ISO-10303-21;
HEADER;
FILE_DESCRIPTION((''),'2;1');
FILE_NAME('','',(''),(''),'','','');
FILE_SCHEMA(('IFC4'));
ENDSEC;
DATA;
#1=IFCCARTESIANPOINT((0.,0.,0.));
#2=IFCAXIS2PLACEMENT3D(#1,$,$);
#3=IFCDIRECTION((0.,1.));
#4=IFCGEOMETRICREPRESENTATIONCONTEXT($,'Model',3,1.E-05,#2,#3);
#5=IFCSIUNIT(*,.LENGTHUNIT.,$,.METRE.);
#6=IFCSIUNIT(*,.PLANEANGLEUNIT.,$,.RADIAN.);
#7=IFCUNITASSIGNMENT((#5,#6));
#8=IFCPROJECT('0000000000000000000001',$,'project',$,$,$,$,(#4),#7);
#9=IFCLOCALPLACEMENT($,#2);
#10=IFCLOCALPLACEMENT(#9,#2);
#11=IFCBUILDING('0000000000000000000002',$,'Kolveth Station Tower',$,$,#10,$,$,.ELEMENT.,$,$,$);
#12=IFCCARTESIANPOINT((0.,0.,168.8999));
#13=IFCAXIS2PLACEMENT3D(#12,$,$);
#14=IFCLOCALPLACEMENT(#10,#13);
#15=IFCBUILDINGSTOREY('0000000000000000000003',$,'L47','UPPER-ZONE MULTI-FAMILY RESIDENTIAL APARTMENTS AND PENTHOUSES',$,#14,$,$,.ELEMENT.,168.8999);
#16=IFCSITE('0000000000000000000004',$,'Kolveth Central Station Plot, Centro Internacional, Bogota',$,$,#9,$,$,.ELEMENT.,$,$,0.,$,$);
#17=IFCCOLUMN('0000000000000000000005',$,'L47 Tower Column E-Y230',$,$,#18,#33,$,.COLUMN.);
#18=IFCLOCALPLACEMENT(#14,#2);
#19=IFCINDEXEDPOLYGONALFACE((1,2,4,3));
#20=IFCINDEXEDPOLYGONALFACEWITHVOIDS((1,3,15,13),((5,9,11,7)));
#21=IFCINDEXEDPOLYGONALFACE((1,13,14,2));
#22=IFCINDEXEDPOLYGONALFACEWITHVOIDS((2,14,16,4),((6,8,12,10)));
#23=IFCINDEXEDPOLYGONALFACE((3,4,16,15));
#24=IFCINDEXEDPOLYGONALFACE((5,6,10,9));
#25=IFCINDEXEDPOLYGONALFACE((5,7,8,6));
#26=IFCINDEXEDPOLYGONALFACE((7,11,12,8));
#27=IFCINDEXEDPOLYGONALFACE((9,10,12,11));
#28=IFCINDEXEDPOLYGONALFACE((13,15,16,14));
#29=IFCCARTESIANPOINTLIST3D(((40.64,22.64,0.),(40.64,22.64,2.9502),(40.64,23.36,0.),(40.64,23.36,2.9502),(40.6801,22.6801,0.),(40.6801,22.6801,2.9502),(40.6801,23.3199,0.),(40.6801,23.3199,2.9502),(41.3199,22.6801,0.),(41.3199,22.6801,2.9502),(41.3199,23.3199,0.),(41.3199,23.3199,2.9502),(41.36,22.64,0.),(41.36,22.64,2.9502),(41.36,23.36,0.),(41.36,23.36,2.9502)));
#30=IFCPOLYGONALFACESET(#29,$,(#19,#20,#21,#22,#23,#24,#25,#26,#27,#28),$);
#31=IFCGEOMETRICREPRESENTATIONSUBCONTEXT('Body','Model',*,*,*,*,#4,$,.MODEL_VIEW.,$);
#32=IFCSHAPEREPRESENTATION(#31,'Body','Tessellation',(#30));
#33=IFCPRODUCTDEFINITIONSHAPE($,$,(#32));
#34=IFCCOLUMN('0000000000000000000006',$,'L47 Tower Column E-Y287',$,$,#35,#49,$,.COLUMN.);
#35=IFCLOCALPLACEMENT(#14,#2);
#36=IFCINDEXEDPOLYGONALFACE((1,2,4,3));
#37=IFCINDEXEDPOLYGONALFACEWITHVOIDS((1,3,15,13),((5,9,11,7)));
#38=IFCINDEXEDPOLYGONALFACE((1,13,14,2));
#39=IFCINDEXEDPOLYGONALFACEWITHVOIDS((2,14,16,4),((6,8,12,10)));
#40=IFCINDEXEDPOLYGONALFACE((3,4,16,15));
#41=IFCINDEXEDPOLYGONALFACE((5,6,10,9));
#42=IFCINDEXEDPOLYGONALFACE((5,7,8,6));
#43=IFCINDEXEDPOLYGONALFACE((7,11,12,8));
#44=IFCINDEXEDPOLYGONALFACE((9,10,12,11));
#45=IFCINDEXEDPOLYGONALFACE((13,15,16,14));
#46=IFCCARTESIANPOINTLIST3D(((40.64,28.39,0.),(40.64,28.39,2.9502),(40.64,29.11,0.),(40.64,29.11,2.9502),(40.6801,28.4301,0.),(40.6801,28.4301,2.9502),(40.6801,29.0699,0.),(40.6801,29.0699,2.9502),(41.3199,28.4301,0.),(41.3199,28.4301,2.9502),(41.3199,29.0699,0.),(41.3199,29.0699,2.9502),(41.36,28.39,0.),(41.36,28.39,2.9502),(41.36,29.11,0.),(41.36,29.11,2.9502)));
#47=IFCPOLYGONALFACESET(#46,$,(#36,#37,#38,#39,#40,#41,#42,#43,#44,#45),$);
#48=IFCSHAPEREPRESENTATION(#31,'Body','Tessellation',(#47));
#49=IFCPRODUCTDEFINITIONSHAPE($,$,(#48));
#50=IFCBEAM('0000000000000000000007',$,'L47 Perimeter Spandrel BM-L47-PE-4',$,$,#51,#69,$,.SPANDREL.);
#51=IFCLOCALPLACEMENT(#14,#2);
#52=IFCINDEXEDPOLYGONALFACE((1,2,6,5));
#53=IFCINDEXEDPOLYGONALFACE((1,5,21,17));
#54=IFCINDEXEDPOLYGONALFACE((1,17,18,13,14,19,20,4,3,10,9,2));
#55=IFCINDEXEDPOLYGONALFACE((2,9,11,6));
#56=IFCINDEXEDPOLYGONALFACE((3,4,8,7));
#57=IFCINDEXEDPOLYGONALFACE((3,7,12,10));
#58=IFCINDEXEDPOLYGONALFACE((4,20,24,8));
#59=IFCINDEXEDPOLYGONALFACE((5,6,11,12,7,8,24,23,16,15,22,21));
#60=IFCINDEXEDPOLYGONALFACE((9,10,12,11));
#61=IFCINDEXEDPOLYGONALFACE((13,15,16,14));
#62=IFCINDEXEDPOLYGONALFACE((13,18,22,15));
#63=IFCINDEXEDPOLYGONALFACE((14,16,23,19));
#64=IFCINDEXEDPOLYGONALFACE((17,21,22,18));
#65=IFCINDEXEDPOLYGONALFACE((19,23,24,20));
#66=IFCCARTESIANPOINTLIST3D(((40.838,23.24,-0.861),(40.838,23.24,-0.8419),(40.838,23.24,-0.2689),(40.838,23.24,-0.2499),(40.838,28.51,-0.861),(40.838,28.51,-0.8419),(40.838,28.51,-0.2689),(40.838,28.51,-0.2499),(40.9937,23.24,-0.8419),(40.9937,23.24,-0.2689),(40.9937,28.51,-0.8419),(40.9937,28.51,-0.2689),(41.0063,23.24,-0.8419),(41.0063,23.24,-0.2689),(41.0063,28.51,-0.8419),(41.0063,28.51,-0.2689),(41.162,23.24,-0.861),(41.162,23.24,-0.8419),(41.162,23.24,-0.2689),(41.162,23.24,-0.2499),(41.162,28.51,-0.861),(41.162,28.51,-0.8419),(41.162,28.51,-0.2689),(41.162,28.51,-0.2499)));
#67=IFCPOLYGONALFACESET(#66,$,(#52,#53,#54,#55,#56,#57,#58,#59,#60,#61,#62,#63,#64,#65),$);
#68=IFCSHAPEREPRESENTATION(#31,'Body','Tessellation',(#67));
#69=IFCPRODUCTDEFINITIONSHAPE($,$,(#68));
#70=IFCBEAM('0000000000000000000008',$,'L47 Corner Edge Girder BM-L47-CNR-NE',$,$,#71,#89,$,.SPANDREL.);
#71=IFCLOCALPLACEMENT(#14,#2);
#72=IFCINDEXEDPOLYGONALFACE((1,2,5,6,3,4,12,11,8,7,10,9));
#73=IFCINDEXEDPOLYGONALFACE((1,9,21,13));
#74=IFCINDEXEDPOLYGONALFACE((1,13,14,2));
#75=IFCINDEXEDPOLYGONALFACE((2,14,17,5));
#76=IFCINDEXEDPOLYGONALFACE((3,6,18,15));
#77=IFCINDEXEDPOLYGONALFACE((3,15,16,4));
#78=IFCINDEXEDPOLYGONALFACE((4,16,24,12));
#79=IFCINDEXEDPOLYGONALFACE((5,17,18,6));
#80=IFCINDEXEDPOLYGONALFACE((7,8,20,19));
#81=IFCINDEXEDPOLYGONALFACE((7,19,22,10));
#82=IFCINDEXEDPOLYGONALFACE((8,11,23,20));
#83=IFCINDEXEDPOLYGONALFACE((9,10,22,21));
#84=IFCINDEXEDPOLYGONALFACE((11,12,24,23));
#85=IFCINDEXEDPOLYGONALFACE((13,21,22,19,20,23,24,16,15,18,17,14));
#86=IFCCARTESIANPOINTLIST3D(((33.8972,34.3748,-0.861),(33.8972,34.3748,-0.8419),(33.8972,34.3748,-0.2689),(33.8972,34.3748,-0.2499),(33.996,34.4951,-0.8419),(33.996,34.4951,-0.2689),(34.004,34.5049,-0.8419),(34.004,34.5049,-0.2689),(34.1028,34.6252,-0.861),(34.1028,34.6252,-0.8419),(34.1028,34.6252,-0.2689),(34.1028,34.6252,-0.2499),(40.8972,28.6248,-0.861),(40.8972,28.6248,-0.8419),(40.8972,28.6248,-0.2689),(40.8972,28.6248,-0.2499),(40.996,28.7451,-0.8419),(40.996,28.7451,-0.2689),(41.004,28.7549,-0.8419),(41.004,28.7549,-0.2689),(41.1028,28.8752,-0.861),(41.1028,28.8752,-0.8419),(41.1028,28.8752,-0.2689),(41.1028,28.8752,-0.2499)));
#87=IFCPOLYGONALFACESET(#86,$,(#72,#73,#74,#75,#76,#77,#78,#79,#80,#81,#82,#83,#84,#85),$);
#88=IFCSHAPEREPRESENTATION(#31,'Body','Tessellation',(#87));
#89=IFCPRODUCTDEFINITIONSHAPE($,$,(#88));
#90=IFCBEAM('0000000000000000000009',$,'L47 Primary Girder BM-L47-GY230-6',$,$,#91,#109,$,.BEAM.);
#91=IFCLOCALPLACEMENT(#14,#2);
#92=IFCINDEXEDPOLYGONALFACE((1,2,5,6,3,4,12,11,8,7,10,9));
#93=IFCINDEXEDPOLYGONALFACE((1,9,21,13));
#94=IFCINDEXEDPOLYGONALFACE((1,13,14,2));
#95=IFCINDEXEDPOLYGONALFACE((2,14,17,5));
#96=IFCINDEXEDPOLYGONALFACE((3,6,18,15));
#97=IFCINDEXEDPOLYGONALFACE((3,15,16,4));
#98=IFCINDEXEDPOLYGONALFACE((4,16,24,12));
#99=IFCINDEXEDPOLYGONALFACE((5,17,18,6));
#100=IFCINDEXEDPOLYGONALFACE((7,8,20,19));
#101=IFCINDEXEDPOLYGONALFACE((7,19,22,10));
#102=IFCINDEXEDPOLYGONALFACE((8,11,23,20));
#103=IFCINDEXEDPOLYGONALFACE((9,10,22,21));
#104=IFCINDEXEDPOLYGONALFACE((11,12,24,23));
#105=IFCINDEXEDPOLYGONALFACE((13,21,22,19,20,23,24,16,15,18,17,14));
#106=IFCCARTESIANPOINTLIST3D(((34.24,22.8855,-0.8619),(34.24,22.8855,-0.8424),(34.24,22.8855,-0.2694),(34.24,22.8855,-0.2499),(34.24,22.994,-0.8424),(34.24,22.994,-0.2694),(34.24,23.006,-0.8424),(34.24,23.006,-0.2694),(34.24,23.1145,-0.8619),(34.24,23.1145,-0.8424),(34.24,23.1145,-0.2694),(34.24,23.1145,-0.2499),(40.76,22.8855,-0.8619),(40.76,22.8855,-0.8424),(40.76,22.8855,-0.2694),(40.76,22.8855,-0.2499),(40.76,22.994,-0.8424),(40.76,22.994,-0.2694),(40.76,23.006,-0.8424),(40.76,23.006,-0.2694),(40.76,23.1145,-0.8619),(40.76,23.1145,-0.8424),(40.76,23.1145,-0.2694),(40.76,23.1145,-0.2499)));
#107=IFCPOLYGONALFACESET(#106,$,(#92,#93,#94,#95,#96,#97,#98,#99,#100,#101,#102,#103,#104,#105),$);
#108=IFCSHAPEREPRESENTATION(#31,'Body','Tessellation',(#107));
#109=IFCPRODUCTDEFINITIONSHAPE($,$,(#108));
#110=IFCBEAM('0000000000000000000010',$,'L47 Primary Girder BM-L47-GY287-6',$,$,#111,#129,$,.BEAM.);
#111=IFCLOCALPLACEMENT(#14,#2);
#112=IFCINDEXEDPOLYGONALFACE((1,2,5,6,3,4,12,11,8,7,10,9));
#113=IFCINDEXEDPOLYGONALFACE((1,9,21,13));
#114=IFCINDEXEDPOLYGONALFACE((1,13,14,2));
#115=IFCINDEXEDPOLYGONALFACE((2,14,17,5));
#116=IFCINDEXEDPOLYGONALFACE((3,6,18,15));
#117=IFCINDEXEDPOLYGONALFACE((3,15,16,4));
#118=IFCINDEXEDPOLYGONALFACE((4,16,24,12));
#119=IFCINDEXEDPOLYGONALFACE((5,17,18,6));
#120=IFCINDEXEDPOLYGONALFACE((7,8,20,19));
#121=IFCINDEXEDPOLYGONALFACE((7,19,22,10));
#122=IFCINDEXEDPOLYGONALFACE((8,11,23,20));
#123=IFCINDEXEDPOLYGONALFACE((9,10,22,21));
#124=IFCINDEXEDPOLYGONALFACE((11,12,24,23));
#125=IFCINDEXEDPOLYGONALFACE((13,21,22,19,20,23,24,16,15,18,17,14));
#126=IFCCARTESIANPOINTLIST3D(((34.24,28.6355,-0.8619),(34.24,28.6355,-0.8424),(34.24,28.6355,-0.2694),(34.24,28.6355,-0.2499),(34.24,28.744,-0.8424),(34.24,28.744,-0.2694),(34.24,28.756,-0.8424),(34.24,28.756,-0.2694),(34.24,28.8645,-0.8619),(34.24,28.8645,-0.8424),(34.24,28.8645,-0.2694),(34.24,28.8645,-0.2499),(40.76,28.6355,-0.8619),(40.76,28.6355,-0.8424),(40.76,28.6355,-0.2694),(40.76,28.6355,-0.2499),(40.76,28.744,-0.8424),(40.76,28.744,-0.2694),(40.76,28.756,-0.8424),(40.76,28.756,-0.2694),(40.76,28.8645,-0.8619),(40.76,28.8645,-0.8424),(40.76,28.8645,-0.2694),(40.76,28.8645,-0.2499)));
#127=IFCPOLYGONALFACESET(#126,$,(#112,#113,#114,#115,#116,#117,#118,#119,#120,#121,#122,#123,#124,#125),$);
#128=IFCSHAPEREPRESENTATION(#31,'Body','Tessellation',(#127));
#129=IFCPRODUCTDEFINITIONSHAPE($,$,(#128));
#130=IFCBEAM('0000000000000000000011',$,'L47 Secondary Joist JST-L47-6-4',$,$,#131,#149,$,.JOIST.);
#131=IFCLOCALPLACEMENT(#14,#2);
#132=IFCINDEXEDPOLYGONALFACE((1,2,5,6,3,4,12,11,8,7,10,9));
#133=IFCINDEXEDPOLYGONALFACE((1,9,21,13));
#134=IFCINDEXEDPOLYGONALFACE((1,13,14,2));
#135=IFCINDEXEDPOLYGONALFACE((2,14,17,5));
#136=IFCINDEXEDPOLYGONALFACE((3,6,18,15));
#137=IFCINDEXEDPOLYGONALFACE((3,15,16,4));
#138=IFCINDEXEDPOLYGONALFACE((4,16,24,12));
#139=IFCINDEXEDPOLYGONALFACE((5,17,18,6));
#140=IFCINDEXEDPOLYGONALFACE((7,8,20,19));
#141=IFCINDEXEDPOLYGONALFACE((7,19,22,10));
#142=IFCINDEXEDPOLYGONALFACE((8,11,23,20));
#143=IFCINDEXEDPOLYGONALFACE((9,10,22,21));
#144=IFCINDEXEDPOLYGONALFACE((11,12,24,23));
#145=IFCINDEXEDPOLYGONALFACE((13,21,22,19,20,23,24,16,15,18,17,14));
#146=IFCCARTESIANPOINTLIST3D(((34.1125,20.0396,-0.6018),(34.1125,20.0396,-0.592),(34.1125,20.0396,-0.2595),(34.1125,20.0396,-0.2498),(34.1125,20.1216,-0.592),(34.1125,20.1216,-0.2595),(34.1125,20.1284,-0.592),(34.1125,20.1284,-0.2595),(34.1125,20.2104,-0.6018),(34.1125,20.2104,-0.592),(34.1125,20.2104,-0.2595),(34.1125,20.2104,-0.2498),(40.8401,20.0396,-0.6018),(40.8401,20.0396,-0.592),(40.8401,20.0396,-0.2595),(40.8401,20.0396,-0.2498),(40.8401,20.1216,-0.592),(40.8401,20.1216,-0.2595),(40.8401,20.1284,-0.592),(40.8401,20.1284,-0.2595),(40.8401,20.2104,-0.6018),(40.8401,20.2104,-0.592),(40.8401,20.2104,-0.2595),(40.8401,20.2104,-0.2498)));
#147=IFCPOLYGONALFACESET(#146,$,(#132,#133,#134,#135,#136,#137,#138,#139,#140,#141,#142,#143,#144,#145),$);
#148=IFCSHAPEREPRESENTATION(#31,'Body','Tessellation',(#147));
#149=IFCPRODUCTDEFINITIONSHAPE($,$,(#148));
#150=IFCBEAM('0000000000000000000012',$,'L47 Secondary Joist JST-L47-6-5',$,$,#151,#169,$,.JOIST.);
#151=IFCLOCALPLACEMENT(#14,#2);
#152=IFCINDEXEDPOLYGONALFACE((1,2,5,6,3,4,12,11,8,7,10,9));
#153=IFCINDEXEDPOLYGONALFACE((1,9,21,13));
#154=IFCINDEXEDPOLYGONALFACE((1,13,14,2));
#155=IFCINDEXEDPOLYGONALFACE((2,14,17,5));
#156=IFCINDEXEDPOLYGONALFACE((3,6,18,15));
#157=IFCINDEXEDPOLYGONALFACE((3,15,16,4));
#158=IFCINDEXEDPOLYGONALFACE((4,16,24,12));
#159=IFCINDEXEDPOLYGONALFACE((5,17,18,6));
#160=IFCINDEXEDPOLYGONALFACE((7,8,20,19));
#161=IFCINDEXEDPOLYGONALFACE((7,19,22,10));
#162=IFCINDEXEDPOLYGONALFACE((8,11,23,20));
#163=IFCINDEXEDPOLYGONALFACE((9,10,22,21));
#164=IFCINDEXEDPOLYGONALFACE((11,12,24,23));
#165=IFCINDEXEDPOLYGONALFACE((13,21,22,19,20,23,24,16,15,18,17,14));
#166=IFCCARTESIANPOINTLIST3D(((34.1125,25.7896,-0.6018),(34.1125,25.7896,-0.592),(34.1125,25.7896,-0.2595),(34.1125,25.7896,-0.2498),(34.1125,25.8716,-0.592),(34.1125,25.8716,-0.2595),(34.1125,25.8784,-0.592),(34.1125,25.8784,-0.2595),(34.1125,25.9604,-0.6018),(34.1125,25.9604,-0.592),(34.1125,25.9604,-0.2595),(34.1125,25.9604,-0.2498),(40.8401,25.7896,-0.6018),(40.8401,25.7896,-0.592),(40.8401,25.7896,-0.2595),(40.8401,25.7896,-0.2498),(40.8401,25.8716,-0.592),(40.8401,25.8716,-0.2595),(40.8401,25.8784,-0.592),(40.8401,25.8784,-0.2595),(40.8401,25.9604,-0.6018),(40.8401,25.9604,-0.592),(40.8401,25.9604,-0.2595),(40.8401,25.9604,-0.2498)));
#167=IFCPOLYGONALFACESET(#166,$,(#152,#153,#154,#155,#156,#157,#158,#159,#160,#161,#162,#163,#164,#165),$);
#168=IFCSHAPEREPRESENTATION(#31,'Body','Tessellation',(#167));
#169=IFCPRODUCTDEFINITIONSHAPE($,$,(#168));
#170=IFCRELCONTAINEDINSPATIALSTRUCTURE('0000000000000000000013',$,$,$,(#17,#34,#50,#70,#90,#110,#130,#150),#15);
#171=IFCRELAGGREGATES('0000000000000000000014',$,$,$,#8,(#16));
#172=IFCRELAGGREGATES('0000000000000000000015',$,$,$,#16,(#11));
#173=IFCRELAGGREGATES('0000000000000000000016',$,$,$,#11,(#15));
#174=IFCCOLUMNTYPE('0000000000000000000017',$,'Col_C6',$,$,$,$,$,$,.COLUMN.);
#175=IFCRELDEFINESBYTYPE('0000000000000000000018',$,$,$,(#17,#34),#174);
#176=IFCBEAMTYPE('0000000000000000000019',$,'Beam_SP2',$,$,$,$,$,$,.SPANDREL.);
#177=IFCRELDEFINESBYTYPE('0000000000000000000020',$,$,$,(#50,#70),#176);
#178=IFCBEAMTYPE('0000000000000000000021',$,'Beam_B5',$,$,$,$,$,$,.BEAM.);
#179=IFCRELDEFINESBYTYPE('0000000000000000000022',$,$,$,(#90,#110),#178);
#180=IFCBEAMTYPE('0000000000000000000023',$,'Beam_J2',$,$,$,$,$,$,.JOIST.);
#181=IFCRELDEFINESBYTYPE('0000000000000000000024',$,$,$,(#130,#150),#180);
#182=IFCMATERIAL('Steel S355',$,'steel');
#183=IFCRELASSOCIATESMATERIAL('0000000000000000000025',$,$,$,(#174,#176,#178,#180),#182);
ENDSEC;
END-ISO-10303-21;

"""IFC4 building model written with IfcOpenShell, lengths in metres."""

from ifc_helpers import new_model, si_unit, direction, frame, origin, origin_2d, place, context, subcontext, project, spatial, hollow_rectangle, i_section, extrude, source, transform, mapped, material, material_profile, profile_set, type_object, element, save


model = new_model("IFC4")

# Units and contexts
model_context = context("Model", 3, precision=1e-05, world=origin(), true_north=direction((0.0, 1.0)))
body_context = subcontext(model_context, "Body", "Model", "MODEL_VIEW")
ifc_project = project(units=[si_unit("LENGTHUNIT", "METRE"), si_unit("PLANEANGLEUNIT", "RADIAN")], contexts=[model_context])

# Site, building, storey
site_placement = place(None, origin())
site = spatial("IfcSite", under=ifc_project, at=site_placement, Name="Kolveth Central Station Plot, Centro Internacional, Bogota", CompositionType="ELEMENT", RefElevation=0.0)
building_placement = place(site_placement, origin())
building = spatial("IfcBuilding", under=site, at=building_placement, Name="Kolveth Station Tower", CompositionType="ELEMENT")
storey_placement = place(building_placement, frame((0.0, 0.0, 168.8999)))
storey = spatial("IfcBuildingStorey", under=building, at=storey_placement, Name="L47", Description="UPPER-ZONE MULTI-FAMILY RESIDENTIAL APARTMENTS AND PENTHOUSES", CompositionType="ELEMENT", Elevation=168.8999)

# Columns
ifc_material_1 = material(Name="Steel S355", Category="steel")
ifc_material_profile_1 = material_profile(ifc_material_1, hollow_rectangle(XDim=0.72, YDim=0.72, WallThickness=0.04, at=origin_2d()), Name="BOX720x720x40")
ifc_profile_set_1 = profile_set([ifc_material_profile_1], Name="Steel S355")
column_type = type_object("IfcColumnType", Name="Col_C6", PredefinedType="COLUMN", material=ifc_profile_set_1)
shared_shape_1 = source(origin(), body_context, "Body", "SweptSolid", [
    extrude(hollow_rectangle(XDim=0.72, YDim=0.72, WallThickness=0.04, at=origin_2d()), origin(), (0.0, 0.0, 1.0), 2.9502),
])
for number, where, z_axis, x_axis, name in (
    (1, (41.0, 23.0, 0.0), (0.0, 0.0, 1.0), (1.0, 0.0, 0.0), "L47 Tower Column E-Y230"),
    (2, (41.0, 28.75, 0.0), (0.0, 0.0, 1.0), (1.0, 0.0, 0.0), "L47 Tower Column E-Y287"),
):
    element("IfcColumn", number, at=place(storey_placement, frame(where, z_axis=z_axis, x_axis=x_axis)), inside=storey, type_object=column_type, Name=name, PredefinedType="COLUMN", context=body_context, shape_type="MappedRepresentation", body=[
        mapped(shared_shape_1, transform((0.0, 0.0, 0.0), x_axis=(1.0, 0.0, 0.0), y_axis=(0.0, 1.0, 0.0), z_axis=(0.0, 0.0, 1.0), scale=1.0)),
    ])

# Beams
ifc_material_profile_2 = material_profile(ifc_material_1, i_section(OverallWidth=0.324, OverallDepth=0.6111, WebThickness=0.0127, FlangeThickness=0.019, at=origin_2d()), Name="W610x155")
ifc_profile_set_2 = profile_set([ifc_material_profile_2], Name="Steel S355")
beam_type_1 = type_object("IfcBeamType", Name="Beam_SP2", PredefinedType="SPANDREL", material=ifc_profile_set_2)
shared_shape_2 = source(origin(), body_context, "Body", "SweptSolid", [
    extrude(i_section(OverallWidth=0.324, OverallDepth=0.6111, WebThickness=0.0127, FlangeThickness=0.019, at=origin_2d()), origin(), (0.0, 0.0, 1.0), 5.27),
])
beam_1_placement = place(storey_placement, frame((41.0, 23.24, -0.5554), z_axis=(0.0, 1.0, 0.0), x_axis=(-1.0, 0.0, 0.0)))
element("IfcBeam", 3, at=beam_1_placement, inside=storey, type_object=beam_type_1, Name="L47 Perimeter Spandrel BM-L47-PE-4", PredefinedType="SPANDREL", context=body_context, shape_type="MappedRepresentation", body=[
    mapped(shared_shape_2, transform((0.0, 0.0, 0.0), x_axis=(1.0, 0.0, 0.0), y_axis=(0.0, 1.0, 0.0), z_axis=(0.0, 0.0, 1.0), scale=1.0)),
])
shared_shape_3 = source(origin(), body_context, "Body", "SweptSolid", [
    extrude(i_section(OverallWidth=0.324, OverallDepth=0.6111, WebThickness=0.0127, FlangeThickness=0.019, at=origin_2d()), origin(), (0.0, 0.0, 1.0), 9.0588),
])
beam_2_placement = place(storey_placement, frame((41.0, 28.75, -0.5554), z_axis=(-0.772726, 0.634739, 0.0), x_axis=(-0.634739, -0.772726, 0.0)))
element("IfcBeam", 4, at=beam_2_placement, inside=storey, type_object=beam_type_1, Name="L47 Corner Edge Girder BM-L47-CNR-NE", PredefinedType="SPANDREL", context=body_context, shape_type="MappedRepresentation", body=[
    mapped(shared_shape_3, transform((0.0, 0.0, 0.0), x_axis=(1.0, 0.0, 0.0), y_axis=(0.0, 1.0, 0.0), z_axis=(0.0, 0.0, 1.0), scale=1.0)),
])
ifc_material_profile_3 = material_profile(ifc_material_1, i_section(OverallWidth=0.229, OverallDepth=0.6121, WebThickness=0.012, FlangeThickness=0.0195, at=origin_2d()), Name="W610x125")
ifc_profile_set_3 = profile_set([ifc_material_profile_3], Name="Steel S355")
beam_type_2 = type_object("IfcBeamType", Name="Beam_B5", PredefinedType="BEAM", material=ifc_profile_set_3)
shared_shape_4 = source(origin(), body_context, "Body", "SweptSolid", [
    extrude(i_section(OverallWidth=0.229, OverallDepth=0.6121, WebThickness=0.012, FlangeThickness=0.0195, at=origin_2d()), origin(), (0.0, 0.0, 1.0), 6.52),
])
for number, where, z_axis, x_axis, name in (
    (5, (34.24, 23.0, -0.5559), (1.0, 0.0, 0.0), (0.0, 1.0, 0.0), "L47 Primary Girder BM-L47-GY230-6"),
    (6, (34.24, 28.75, -0.5559), (1.0, 0.0, 0.0), (0.0, 1.0, 0.0), "L47 Primary Girder BM-L47-GY287-6"),
):
    element("IfcBeam", number, at=place(storey_placement, frame(where, z_axis=z_axis, x_axis=x_axis)), inside=storey, type_object=beam_type_2, Name=name, PredefinedType="BEAM", context=body_context, shape_type="MappedRepresentation", body=[
        mapped(shared_shape_4, transform((0.0, 0.0, 0.0), x_axis=(1.0, 0.0, 0.0), y_axis=(0.0, 1.0, 0.0), z_axis=(0.0, 0.0, 1.0), scale=1.0)),
    ])
ifc_material_profile_4 = material_profile(ifc_material_1, i_section(OverallWidth=0.1709, OverallDepth=0.3521, WebThickness=0.0068, FlangeThickness=0.0098, at=origin_2d()), Name="W360x44")
ifc_profile_set_4 = profile_set([ifc_material_profile_4], Name="Steel S355")
beam_type_3 = type_object("IfcBeamType", Name="Beam_J2", PredefinedType="JOIST", material=ifc_profile_set_4)
shared_shape_5 = source(origin(), body_context, "Body", "SweptSolid", [
    extrude(i_section(OverallWidth=0.1709, OverallDepth=0.3521, WebThickness=0.0068, FlangeThickness=0.0098, at=origin_2d()), origin(), (0.0, 0.0, 1.0), 6.7275),
])
for number, where, z_axis, x_axis, name in (
    (7, (34.1125, 20.125, -0.4258), (1.0, 0.0, 0.0), (0.0, 1.0, 0.0), "L47 Secondary Joist JST-L47-6-4"),
    (8, (34.1125, 25.875, -0.4258), (1.0, 0.0, 0.0), (0.0, 1.0, 0.0), "L47 Secondary Joist JST-L47-6-5"),
):
    element("IfcBeam", number, at=place(storey_placement, frame(where, z_axis=z_axis, x_axis=x_axis)), inside=storey, type_object=beam_type_3, Name=name, PredefinedType="JOIST", context=body_context, shape_type="MappedRepresentation", body=[
        mapped(shared_shape_5, transform((0.0, 0.0, 0.0), x_axis=(1.0, 0.0, 0.0), y_axis=(0.0, 1.0, 0.0), z_axis=(0.0, 0.0, 1.0), scale=1.0)),
    ])

save(model, "model.ifc")
